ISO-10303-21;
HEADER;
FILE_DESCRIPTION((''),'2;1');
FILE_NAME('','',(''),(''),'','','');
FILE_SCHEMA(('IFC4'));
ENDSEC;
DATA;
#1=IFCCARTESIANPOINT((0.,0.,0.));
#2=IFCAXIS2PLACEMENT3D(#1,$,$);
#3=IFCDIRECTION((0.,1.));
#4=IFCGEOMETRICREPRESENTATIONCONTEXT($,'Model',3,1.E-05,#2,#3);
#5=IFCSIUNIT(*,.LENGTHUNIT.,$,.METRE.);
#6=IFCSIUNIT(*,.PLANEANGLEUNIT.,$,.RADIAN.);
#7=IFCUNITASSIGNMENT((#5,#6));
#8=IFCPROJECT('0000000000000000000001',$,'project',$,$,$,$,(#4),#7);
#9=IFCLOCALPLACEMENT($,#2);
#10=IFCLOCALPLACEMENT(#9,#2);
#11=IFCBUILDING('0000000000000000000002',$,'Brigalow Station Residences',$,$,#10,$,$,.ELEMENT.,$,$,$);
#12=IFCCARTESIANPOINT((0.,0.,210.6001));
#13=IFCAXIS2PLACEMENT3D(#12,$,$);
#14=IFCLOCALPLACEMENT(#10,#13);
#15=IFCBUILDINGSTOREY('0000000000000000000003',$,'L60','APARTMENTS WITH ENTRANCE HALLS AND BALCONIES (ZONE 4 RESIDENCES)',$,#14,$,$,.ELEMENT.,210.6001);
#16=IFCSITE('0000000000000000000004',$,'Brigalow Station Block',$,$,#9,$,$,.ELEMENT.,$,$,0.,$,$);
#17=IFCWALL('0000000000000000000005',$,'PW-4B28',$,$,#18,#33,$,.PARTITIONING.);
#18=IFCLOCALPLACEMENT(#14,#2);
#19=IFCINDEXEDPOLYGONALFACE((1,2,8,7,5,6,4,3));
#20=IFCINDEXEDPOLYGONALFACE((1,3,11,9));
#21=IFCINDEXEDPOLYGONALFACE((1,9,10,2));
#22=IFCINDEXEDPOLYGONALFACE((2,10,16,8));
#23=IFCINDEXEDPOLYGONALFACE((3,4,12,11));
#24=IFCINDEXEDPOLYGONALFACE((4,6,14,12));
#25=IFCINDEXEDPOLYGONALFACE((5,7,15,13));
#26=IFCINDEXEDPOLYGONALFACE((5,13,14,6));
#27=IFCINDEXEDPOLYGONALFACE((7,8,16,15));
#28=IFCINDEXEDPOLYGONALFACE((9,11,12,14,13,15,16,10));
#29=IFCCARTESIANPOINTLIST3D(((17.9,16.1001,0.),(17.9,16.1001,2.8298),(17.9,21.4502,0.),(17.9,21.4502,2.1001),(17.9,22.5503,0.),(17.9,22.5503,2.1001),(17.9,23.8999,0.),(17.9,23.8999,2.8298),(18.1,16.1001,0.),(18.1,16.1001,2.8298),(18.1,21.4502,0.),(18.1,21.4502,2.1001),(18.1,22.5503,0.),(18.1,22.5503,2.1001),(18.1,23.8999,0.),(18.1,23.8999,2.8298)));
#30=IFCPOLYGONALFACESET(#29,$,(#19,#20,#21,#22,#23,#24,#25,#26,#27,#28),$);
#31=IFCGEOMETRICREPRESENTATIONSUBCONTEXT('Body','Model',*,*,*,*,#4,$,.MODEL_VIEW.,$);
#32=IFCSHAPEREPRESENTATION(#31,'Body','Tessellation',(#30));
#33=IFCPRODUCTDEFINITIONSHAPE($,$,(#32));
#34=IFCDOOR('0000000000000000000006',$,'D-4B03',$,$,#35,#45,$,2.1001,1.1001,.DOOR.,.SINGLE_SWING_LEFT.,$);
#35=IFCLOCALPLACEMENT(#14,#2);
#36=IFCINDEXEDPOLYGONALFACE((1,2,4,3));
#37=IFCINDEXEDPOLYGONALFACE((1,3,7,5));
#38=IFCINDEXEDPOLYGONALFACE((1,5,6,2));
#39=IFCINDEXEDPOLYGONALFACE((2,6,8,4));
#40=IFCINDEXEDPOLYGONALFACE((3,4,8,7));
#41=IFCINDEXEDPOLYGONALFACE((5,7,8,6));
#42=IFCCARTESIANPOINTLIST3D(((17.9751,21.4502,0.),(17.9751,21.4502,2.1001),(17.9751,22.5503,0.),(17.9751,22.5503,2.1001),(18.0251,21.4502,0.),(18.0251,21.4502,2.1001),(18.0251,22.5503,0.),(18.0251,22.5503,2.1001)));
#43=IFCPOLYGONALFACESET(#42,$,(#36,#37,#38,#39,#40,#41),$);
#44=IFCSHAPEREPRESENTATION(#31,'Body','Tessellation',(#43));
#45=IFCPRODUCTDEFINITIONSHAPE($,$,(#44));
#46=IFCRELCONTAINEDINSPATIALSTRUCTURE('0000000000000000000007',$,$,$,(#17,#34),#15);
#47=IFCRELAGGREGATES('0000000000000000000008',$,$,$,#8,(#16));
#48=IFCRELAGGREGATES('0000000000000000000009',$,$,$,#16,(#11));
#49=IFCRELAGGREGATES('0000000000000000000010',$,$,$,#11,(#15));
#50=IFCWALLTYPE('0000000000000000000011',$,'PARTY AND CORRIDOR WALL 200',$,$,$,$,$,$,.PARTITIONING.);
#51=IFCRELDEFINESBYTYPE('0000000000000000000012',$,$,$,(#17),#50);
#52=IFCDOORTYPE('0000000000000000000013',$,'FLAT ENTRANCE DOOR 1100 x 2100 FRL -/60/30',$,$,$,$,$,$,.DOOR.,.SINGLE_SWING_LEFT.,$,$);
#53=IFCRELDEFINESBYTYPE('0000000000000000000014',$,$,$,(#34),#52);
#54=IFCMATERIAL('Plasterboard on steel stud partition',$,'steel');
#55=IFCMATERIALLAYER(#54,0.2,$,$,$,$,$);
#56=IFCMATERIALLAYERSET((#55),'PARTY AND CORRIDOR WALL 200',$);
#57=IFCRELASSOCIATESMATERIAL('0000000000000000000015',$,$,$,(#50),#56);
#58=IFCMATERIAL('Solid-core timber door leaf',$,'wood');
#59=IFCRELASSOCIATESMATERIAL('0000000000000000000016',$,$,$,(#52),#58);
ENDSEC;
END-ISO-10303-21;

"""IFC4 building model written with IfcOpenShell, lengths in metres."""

from ifc_helpers import new_model, si_unit, direction, frame, frame_2d, origin, place, context, subcontext, project, spatial, rectangle, extrude, material, layer, layer_set, type_object, element, fill, save


model = new_model("IFC4")

# Units and contexts
model_context = context("Model", 3, precision=1e-05, world=origin(), true_north=direction((0.0, 1.0)))
body_context = subcontext(model_context, "Body", "Model", "MODEL_VIEW")
ifc_project = project(units=[si_unit("LENGTHUNIT", "METRE"), si_unit("PLANEANGLEUNIT", "RADIAN")], contexts=[model_context])

# Site, building, storey
site_placement = place(None, origin())
site = spatial("IfcSite", under=ifc_project, at=site_placement, Name="Brigalow Station Block", CompositionType="ELEMENT", RefElevation=0.0)
building_placement = place(site_placement, origin())
building = spatial("IfcBuilding", under=site, at=building_placement, Name="Brigalow Station Residences", CompositionType="ELEMENT")
storey_placement = place(building_placement, frame((0.0, 0.0, 210.6001)))
storey = spatial("IfcBuildingStorey", under=building, at=storey_placement, Name="L60", Description="APARTMENTS WITH ENTRANCE HALLS AND BALCONIES (ZONE 4 RESIDENCES)", CompositionType="ELEMENT", Elevation=210.6001)

# Wall, opening, door
ifc_material_1 = material(Name="Plasterboard on steel stud partition", Category="steel")
ifc_layer_1 = layer(ifc_material_1, 0.2)
ifc_layer_set_1 = layer_set([ifc_layer_1], Name="PARTY AND CORRIDOR WALL 200")
wall_type_1 = type_object("IfcWallType", Name="PARTY AND CORRIDOR WALL 200", PredefinedType="PARTITIONING", material=ifc_layer_set_1)
wall_1_placement = place(storey_placement, frame((18.0, 16.1001, 0.0), z_axis=(0.0, 0.0, 1.0), x_axis=(0.0, 1.0, 0.0)))
wall_1 = element("IfcWall", 1, at=wall_1_placement, inside=storey, type_object=wall_type_1, Name="PW-4B28", PredefinedType="PARTITIONING", context=body_context, shape_type="SweptSolid", body=[
    extrude(rectangle(XDim=7.7998, YDim=0.2, at=frame_2d((3.8999, 0.0))), origin(), (0.0, 0.0, 1.0), 2.8298),
])
opening_1_placement = place(wall_1_placement, frame((5.3501, 0.0, 0.0)))
opening_1 = element("IfcOpeningElement", 2, at=opening_1_placement, cuts=wall_1, PredefinedType="OPENING", context=body_context, shape_type="SweptSolid", body=[
    extrude(rectangle(XDim=1.1001, YDim=2.1001, at=frame_2d((0.55, 1.05))), frame((0.0, 0.1099, 0.0), z_axis=(0.0, -1.0, 0.0), x_axis=(1.0, 0.0, 0.0)), (0.0, 0.0, 1.0), 0.22),
])
ifc_material_2 = material(Name="Solid-core timber door leaf", Category="wood")
door_type_1 = type_object("IfcDoorType", Name="FLAT ENTRANCE DOOR 1100 x 2100 FRL -/60/30", OperationType="SINGLE_SWING_LEFT", PredefinedType="DOOR", material=ifc_material_2)
door_1_placement = place(opening_1_placement, origin())
door_1 = element("IfcDoor", 3, at=door_1_placement, inside=storey, type_object=door_type_1, Name="D-4B03", OperationType="SINGLE_SWING_LEFT", OverallHeight=2.1001, OverallWidth=1.1001, PredefinedType="DOOR", context=body_context, shape_type="SweptSolid", body=[
    extrude(rectangle(XDim=1.1001, YDim=2.1001, at=frame_2d((0.55, 1.05))), frame((0.0, 0.0249, 0.0), z_axis=(0.0, -1.0, 0.0), x_axis=(1.0, 0.0, 0.0)), (0.0, 0.0, 1.0), 0.05),
])
fill(opening_1, door_1)

save(model, "model.ifc")
